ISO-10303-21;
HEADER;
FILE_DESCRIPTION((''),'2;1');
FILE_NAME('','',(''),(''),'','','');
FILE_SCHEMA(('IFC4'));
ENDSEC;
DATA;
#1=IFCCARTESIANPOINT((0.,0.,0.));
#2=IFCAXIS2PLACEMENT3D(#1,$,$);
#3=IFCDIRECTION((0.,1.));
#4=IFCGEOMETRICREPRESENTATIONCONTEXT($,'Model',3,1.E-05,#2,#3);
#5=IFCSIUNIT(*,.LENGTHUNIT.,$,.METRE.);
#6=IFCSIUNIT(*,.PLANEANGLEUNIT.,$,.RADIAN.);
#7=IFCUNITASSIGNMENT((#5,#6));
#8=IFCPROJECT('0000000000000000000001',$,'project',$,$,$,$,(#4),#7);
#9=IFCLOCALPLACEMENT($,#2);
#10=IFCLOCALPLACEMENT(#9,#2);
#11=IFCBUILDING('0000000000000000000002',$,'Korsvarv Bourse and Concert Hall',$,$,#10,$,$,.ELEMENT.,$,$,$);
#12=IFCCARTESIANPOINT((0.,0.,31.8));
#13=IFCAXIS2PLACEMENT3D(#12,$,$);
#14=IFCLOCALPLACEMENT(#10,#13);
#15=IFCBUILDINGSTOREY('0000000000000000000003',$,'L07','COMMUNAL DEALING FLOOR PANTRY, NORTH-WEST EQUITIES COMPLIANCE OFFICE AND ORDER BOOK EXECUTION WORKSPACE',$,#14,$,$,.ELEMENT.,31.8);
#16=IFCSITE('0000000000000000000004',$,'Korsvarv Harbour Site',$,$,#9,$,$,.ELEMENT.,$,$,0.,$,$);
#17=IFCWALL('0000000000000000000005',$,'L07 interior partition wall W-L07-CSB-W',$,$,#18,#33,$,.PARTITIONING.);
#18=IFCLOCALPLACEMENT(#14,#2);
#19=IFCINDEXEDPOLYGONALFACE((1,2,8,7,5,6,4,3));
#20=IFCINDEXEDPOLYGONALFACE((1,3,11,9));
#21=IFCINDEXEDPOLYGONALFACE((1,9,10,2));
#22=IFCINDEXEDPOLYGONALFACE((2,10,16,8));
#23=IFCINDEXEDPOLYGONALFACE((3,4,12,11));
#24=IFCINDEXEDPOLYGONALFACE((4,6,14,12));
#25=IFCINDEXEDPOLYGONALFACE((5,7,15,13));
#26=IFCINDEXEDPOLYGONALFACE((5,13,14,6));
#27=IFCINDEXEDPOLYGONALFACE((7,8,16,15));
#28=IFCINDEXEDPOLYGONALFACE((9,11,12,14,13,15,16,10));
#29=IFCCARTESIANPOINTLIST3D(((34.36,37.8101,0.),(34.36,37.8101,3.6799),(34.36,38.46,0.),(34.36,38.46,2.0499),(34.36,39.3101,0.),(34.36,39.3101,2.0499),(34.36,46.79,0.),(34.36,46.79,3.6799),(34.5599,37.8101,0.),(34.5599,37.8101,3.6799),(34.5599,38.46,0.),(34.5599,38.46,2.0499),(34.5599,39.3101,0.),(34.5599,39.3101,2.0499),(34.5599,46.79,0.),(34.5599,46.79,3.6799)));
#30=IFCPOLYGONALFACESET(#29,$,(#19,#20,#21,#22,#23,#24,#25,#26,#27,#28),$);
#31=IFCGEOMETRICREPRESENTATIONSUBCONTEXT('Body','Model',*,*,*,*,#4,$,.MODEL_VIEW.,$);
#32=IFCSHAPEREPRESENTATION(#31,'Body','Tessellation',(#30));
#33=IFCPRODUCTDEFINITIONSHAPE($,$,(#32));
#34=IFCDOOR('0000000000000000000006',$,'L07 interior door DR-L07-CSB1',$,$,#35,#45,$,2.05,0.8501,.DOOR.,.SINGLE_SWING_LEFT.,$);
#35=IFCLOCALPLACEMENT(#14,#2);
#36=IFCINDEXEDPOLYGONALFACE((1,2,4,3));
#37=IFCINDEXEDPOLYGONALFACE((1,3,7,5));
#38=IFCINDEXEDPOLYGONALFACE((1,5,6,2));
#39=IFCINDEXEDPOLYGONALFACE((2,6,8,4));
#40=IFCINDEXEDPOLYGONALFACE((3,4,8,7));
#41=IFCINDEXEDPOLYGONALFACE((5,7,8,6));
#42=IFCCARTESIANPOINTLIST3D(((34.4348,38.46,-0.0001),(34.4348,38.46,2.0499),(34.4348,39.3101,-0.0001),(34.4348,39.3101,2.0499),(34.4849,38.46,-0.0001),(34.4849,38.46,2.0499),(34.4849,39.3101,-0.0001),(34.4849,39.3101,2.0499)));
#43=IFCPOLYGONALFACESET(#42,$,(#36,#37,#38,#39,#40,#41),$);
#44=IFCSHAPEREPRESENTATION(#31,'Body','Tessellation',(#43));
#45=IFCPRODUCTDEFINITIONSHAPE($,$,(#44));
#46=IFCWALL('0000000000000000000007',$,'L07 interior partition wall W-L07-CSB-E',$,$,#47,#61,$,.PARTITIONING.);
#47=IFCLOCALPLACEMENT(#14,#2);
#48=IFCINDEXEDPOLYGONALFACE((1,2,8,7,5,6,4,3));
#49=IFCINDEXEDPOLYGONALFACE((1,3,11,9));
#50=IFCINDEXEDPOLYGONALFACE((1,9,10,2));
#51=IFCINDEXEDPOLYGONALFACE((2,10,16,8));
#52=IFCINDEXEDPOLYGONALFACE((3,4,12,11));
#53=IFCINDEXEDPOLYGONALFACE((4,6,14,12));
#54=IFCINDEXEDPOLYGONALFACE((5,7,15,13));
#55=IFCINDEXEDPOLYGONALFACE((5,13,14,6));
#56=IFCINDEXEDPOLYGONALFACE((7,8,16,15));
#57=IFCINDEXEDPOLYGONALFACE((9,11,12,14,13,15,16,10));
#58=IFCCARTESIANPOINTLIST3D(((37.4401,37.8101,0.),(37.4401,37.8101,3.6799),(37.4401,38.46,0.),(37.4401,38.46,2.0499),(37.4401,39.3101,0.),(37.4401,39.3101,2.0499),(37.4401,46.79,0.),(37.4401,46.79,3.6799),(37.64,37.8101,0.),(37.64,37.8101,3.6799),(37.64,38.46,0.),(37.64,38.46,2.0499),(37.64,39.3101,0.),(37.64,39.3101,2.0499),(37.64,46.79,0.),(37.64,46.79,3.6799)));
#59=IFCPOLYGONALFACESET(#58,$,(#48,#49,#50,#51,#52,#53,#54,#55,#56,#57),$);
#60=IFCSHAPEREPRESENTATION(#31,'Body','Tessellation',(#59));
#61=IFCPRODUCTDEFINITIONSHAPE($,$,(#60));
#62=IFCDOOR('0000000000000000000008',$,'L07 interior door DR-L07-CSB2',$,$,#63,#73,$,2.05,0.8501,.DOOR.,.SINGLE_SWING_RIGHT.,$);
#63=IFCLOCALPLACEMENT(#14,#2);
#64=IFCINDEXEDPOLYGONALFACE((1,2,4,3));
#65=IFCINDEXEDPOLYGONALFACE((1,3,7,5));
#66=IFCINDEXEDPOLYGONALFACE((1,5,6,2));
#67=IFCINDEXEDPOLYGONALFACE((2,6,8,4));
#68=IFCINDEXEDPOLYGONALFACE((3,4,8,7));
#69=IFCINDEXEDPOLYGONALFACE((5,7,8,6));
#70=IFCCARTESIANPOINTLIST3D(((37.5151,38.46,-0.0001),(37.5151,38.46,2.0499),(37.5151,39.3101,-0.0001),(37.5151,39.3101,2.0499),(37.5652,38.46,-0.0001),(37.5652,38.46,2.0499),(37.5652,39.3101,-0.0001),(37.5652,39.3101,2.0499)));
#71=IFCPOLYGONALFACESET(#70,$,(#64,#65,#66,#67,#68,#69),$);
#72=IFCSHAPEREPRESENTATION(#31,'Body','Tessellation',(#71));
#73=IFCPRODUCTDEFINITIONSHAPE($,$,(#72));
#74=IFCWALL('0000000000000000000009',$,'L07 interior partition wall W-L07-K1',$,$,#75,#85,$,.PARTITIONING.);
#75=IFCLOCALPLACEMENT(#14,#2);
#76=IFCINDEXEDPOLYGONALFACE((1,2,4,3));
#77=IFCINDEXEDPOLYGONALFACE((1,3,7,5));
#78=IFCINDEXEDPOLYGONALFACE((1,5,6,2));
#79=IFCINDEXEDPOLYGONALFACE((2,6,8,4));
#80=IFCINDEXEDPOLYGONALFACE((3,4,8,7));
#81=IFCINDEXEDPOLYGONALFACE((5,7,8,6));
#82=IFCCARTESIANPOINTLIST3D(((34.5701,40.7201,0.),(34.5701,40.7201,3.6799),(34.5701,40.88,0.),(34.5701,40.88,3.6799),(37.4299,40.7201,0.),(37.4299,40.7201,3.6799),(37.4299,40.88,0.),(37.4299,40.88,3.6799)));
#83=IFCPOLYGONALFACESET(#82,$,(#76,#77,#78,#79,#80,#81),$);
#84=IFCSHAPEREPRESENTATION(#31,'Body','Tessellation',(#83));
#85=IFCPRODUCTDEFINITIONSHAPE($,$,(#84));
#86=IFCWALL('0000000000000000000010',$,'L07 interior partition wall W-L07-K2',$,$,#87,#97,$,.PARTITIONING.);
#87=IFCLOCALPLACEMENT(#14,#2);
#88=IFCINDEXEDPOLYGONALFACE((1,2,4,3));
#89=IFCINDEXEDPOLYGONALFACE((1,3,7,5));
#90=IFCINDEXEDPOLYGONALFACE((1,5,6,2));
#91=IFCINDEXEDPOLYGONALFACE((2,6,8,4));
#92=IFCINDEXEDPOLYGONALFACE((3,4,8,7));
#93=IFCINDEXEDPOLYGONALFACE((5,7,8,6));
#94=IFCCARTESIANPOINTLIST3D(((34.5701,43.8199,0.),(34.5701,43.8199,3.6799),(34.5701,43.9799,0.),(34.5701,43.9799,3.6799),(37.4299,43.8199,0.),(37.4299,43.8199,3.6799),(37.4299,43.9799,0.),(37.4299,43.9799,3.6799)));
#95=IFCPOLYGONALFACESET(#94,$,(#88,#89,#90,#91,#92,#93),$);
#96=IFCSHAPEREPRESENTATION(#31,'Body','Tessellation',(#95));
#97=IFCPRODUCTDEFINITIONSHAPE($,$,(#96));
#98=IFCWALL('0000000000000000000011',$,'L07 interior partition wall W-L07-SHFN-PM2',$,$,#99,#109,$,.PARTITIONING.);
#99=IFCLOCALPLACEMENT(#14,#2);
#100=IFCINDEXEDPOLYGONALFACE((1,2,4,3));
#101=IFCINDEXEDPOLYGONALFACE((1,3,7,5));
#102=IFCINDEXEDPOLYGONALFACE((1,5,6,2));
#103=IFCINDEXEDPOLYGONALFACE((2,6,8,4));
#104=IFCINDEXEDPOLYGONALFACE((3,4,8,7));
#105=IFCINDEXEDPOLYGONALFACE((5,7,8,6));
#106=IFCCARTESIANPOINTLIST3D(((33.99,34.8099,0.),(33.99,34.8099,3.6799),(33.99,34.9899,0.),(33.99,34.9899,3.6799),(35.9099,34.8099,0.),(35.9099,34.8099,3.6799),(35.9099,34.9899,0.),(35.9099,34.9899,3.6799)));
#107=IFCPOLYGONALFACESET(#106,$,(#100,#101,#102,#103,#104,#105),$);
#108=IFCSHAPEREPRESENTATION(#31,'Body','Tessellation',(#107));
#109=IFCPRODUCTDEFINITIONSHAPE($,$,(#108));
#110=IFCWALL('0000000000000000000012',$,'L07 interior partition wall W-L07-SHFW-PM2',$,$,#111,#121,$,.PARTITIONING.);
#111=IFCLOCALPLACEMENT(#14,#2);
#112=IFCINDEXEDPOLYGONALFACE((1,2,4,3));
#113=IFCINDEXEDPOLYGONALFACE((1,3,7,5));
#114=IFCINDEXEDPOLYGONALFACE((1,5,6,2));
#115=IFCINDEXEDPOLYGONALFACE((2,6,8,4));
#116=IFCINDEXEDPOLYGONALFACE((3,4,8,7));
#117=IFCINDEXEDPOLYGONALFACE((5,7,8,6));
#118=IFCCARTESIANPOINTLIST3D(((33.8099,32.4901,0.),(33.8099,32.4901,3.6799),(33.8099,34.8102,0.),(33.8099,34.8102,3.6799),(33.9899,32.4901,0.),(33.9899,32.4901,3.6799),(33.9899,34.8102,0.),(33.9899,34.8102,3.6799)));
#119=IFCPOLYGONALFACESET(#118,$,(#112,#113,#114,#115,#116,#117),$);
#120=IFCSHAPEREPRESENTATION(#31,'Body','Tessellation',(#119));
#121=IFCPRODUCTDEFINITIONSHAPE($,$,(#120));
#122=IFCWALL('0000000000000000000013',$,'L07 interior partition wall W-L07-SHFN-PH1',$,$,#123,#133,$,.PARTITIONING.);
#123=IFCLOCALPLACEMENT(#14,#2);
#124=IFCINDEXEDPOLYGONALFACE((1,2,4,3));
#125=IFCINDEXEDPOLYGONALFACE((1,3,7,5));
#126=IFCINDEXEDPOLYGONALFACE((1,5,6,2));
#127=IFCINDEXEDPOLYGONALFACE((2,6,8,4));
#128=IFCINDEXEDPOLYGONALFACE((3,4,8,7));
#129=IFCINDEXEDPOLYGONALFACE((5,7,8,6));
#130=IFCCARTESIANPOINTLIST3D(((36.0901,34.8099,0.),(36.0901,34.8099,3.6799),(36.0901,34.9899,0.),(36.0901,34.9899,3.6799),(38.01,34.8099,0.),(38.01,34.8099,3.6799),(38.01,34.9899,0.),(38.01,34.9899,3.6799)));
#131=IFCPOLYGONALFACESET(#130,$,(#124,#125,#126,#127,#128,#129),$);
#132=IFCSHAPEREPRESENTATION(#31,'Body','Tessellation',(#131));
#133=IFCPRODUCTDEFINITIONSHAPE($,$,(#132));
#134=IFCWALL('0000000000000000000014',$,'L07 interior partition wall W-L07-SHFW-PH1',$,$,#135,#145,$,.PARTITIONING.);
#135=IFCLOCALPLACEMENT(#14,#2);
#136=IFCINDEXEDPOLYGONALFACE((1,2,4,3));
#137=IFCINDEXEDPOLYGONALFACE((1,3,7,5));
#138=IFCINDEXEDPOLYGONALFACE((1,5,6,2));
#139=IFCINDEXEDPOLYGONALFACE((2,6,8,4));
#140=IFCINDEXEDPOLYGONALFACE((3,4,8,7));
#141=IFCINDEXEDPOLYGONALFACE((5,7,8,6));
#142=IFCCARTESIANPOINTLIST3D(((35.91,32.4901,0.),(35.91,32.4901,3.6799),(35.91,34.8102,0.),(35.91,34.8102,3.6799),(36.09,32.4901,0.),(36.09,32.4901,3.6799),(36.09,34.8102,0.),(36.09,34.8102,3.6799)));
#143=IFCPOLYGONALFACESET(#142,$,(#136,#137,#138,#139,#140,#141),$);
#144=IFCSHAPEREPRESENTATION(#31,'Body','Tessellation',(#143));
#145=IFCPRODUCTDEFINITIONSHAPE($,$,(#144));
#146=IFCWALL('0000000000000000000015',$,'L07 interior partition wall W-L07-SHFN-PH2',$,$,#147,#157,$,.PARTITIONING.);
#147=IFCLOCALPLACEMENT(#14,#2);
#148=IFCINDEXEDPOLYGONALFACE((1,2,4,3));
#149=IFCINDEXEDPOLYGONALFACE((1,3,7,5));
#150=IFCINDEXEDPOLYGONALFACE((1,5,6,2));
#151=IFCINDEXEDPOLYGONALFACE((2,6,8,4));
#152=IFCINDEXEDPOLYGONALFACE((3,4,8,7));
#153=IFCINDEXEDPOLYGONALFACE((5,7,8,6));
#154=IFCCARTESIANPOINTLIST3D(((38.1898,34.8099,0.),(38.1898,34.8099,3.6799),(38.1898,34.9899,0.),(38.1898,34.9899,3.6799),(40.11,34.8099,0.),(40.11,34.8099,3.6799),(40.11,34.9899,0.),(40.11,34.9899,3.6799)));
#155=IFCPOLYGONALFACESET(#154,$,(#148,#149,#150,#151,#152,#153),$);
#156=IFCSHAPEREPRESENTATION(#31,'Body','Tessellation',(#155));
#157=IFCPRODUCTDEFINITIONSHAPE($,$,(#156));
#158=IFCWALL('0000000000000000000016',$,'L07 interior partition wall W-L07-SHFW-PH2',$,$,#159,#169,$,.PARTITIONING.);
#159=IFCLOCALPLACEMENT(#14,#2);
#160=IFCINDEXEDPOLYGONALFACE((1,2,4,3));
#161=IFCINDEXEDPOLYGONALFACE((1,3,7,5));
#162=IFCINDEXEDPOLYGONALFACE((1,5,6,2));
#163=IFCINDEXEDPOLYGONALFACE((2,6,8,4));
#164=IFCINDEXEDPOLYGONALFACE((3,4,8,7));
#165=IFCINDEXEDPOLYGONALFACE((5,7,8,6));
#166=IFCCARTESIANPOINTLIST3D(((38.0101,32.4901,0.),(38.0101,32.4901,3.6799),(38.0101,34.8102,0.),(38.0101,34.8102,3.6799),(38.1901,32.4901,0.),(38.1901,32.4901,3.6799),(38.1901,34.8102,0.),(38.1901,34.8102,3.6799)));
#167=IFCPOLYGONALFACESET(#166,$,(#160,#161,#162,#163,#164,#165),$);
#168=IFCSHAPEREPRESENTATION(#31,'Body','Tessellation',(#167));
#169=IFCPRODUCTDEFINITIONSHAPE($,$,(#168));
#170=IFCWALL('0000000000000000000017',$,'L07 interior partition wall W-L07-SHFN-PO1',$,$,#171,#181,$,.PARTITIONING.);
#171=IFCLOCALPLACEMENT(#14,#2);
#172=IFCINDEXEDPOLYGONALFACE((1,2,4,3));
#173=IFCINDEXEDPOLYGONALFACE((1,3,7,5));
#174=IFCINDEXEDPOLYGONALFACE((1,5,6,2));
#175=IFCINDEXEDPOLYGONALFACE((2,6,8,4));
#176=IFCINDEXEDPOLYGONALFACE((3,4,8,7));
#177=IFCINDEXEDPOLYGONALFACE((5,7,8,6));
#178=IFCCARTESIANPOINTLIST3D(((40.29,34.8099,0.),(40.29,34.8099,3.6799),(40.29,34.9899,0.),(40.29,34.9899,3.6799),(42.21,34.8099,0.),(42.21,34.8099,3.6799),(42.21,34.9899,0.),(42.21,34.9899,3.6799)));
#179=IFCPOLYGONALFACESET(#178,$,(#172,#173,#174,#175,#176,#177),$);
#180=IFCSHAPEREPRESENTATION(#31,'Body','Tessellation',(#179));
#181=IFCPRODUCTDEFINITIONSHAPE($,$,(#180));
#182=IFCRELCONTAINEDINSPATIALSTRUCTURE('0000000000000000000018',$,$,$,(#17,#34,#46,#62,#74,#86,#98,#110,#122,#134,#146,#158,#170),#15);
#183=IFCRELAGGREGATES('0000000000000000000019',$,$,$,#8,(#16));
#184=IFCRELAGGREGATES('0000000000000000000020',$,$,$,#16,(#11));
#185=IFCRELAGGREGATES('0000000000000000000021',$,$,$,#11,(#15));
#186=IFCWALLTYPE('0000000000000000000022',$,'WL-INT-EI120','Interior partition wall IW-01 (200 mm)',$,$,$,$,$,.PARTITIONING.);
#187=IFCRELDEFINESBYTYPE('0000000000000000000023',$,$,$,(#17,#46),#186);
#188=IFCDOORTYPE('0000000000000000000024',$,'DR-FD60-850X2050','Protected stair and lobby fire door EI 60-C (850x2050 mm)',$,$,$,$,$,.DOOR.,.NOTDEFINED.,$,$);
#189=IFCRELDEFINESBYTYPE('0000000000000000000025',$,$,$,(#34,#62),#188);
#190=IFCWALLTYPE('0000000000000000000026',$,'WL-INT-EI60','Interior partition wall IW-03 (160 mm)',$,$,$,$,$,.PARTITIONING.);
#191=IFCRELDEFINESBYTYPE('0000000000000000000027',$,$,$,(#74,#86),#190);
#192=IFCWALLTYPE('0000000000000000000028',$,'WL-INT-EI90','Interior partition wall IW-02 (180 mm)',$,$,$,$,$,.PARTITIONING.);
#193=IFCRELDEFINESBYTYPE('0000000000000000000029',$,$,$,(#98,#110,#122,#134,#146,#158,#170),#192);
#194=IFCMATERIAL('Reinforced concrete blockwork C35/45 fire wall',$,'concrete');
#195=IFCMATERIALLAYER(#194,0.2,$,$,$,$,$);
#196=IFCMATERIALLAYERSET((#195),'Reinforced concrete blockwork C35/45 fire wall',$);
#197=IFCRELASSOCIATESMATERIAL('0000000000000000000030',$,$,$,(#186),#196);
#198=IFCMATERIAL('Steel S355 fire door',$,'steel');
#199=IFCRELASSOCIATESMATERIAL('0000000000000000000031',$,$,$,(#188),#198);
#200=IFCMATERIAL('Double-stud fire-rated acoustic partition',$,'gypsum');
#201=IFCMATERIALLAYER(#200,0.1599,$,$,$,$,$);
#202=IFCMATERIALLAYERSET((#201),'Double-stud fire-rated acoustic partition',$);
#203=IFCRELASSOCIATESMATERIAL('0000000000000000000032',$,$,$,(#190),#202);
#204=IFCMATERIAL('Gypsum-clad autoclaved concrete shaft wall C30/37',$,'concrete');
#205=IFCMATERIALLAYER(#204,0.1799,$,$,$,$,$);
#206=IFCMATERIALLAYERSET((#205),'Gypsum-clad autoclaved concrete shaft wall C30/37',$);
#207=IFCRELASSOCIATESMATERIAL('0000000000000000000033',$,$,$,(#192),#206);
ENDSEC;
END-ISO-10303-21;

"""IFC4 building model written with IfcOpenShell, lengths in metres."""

from ifc_helpers import new_model, si_unit, direction, frame, frame_2d, origin, place, context, subcontext, project, spatial, rectangle, extrude, material, layer, layer_set, type_object, element, fill, save


model = new_model("IFC4")

# Units and contexts
model_context = context("Model", 3, precision=1e-05, world=origin(), true_north=direction((0.0, 1.0)))
body_context = subcontext(model_context, "Body", "Model", "MODEL_VIEW")
ifc_project = project(units=[si_unit("LENGTHUNIT", "METRE"), si_unit("PLANEANGLEUNIT", "RADIAN")], contexts=[model_context])

# Site, building, storey
site_placement = place(None, origin())
site = spatial("IfcSite", under=ifc_project, at=site_placement, Name="Korsvarv Harbour Site", CompositionType="ELEMENT", RefElevation=0.0)
building_placement = place(site_placement, origin())
building = spatial("IfcBuilding", under=site, at=building_placement, Name="Korsvarv Bourse and Concert Hall", CompositionType="ELEMENT")
storey_placement = place(building_placement, frame((0.0, 0.0, 31.8)))
storey = spatial("IfcBuildingStorey", under=building, at=storey_placement, Name="L07", Description="COMMUNAL DEALING FLOOR PANTRY, NORTH-WEST EQUITIES COMPLIANCE OFFICE AND ORDER BOOK EXECUTION WORKSPACE", CompositionType="ELEMENT", Elevation=31.8)

# Shared definitions
ifc_material_1 = material(Name="Steel S355 fire door", Category="steel")

# Walls, openings, doors
ifc_material_2 = material(Name="Reinforced concrete blockwork C35/45 fire wall", Category="concrete")
ifc_layer_1 = layer(ifc_material_2, 0.2)
ifc_layer_set_1 = layer_set([ifc_layer_1], Name="Reinforced concrete blockwork C35/45 fire wall")
wall_type_1 = type_object("IfcWallType", Name="WL-INT-EI120", Description="Interior partition wall IW-01 (200 mm)", PredefinedType="PARTITIONING", material=ifc_layer_set_1)
wall_1_placement = place(storey_placement, frame((34.46, 37.8101, 0.0), z_axis=(0.0, 0.0, 1.0), x_axis=(0.0, 1.0, 0.0)))
wall_1 = element("IfcWall", 1, at=wall_1_placement, inside=storey, type_object=wall_type_1, Name="L07 interior partition wall W-L07-CSB-W", PredefinedType="PARTITIONING", context=body_context, shape_type="SweptSolid", body=[
    extrude(rectangle(XDim=8.98, YDim=0.2, at=frame_2d((4.49, 0.0))), origin(), (0.0, 0.0, 1.0), 3.6799),
])
opening_1_placement = place(wall_1_placement, frame((0.6499, 0.0, 0.0)))
opening_1 = element("IfcOpeningElement", 2, at=opening_1_placement, cuts=wall_1, PredefinedType="OPENING", context=body_context, shape_type="SweptSolid", body=[
    extrude(rectangle(XDim=0.8501, YDim=2.05, at=frame_2d((0.425, 1.0249))), frame((0.0, 0.1099, 0.0), z_axis=(0.0, -1.0, 0.0), x_axis=(1.0, 0.0, 0.0)), (0.0, 0.0, 1.0), 0.22),
])
door_type_1 = type_object("IfcDoorType", Name="DR-FD60-850X2050", Description="Protected stair and lobby fire door EI 60-C (850x2050 mm)", OperationType="NOTDEFINED", PredefinedType="DOOR", material=ifc_material_1)
door_1_placement = place(opening_1_placement, frame((0.8501, 0.0, 0.0), z_axis=(0.0, 0.0, 1.0), x_axis=(-1.0, 0.0, 0.0)))
door_1 = element("IfcDoor", 3, at=door_1_placement, inside=storey, type_object=door_type_1, Name="L07 interior door DR-L07-CSB1", OperationType="SINGLE_SWING_LEFT", OverallHeight=2.05, OverallWidth=0.8501, PredefinedType="DOOR", context=body_context, shape_type="SweptSolid", body=[
    extrude(rectangle(XDim=0.8501, YDim=2.05, at=frame_2d((0.425, 1.0249))), frame((0.0, 0.0249, 0.0), z_axis=(0.0, -1.0, 0.0), x_axis=(1.0, 0.0, 0.0)), (0.0, 0.0, 1.0), 0.05),
])
fill(opening_1, door_1)
wall_2_placement = place(storey_placement, frame((37.54, 37.8101, 0.0), z_axis=(0.0, 0.0, 1.0), x_axis=(0.0, 1.0, 0.0)))
wall_2 = element("IfcWall", 4, at=wall_2_placement, inside=storey, type_object=wall_type_1, Name="L07 interior partition wall W-L07-CSB-E", PredefinedType="PARTITIONING", context=body_context, shape_type="SweptSolid", body=[
    extrude(rectangle(XDim=8.98, YDim=0.2, at=frame_2d((4.49, 0.0))), origin(), (0.0, 0.0, 1.0), 3.6799),
])
opening_2_placement = place(wall_2_placement, frame((0.6499, 0.0, 0.0)))
opening_2 = element("IfcOpeningElement", 5, at=opening_2_placement, cuts=wall_2, PredefinedType="OPENING", context=body_context, shape_type="SweptSolid", body=[
    extrude(rectangle(XDim=0.8501, YDim=2.05, at=frame_2d((0.425, 1.0249))), frame((0.0, 0.1099, 0.0), z_axis=(0.0, -1.0, 0.0), x_axis=(1.0, 0.0, 0.0)), (0.0, 0.0, 1.0), 0.22),
])
door_2_placement = place(opening_2_placement, origin())
door_2 = element("IfcDoor", 6, at=door_2_placement, inside=storey, type_object=door_type_1, Name="L07 interior door DR-L07-CSB2", OperationType="SINGLE_SWING_RIGHT", OverallHeight=2.05, OverallWidth=0.8501, PredefinedType="DOOR", context=body_context, shape_type="SweptSolid", body=[
    extrude(rectangle(XDim=0.8501, YDim=2.05, at=frame_2d((0.425, 1.0249))), frame((0.0, 0.0249, 0.0), z_axis=(0.0, -1.0, 0.0), x_axis=(1.0, 0.0, 0.0)), (0.0, 0.0, 1.0), 0.05),
])
fill(opening_2, door_2)

# Walls
ifc_material_3 = material(Name="Double-stud fire-rated acoustic partition", Category="gypsum")
ifc_layer_2 = layer(ifc_material_3, 0.1599)
ifc_layer_set_2 = layer_set([ifc_layer_2], Name="Double-stud fire-rated acoustic partition")
wall_type_2 = type_object("IfcWallType", Name="WL-INT-EI60", Description="Interior partition wall IW-03 (160 mm)", PredefinedType="PARTITIONING", material=ifc_layer_set_2)
for number, where, z_axis, x_axis, name in (
    (7, (34.5701, 40.8, 0.0), (0.0, 0.0, 1.0), (1.0, 0.0, 0.0), "L07 interior partition wall W-L07-K1"),
    (8, (34.5701, 43.8999, 0.0), (0.0, 0.0, 1.0), (1.0, 0.0, 0.0), "L07 interior partition wall W-L07-K2"),
):
    element("IfcWall", number, at=place(storey_placement, frame(where, z_axis=z_axis, x_axis=x_axis)), inside=storey, type_object=wall_type_2, Name=name, PredefinedType="PARTITIONING", context=body_context, shape_type="SweptSolid", body=[
        extrude(rectangle(XDim=2.8599, YDim=0.1599, at=frame_2d((1.4299, 0.0))), origin(), (0.0, 0.0, 1.0), 3.6799),
    ])
ifc_material_4 = material(Name="Gypsum-clad autoclaved concrete shaft wall C30/37", Category="concrete")
ifc_layer_3 = layer(ifc_material_4, 0.1799)
ifc_layer_set_3 = layer_set([ifc_layer_3], Name="Gypsum-clad autoclaved concrete shaft wall C30/37")
wall_type_3 = type_object("IfcWallType", Name="WL-INT-EI90", Description="Interior partition wall IW-02 (180 mm)", PredefinedType="PARTITIONING", material=ifc_layer_set_3)
wall_3_placement = place(storey_placement, frame((33.99, 34.8999, 0.0), z_axis=(0.0, 0.0, 1.0), x_axis=(1.0, 0.0, 0.0)))
element("IfcWall", 9, at=wall_3_placement, inside=storey, type_object=wall_type_3, Name="L07 interior partition wall W-L07-SHFN-PM2", PredefinedType="PARTITIONING", context=body_context, shape_type="SweptSolid", body=[
    extrude(rectangle(XDim=1.9199, YDim=0.1799, at=frame_2d((0.96, 0.0))), origin(), (0.0, 0.0, 1.0), 3.6799),
])
wall_4_placement = place(storey_placement, frame((33.8999, 32.49, 0.0), z_axis=(0.0, 0.0, 1.0), x_axis=(0.0, 1.0, 0.0)))
element("IfcWall", 10, at=wall_4_placement, inside=storey, type_object=wall_type_3, Name="L07 interior partition wall W-L07-SHFW-PM2", PredefinedType="PARTITIONING", context=body_context, shape_type="SweptSolid", body=[
    extrude(rectangle(XDim=2.3201, YDim=0.1799, at=frame_2d((1.1602, 0.0))), origin(), (0.0, 0.0, 1.0), 3.6799),
])
wall_5_placement = place(storey_placement, frame((36.0901, 34.8999, 0.0), z_axis=(0.0, 0.0, 1.0), x_axis=(1.0, 0.0, 0.0)))
element("IfcWall", 11, at=wall_5_placement, inside=storey, type_object=wall_type_3, Name="L07 interior partition wall W-L07-SHFN-PH1", PredefinedType="PARTITIONING", context=body_context, shape_type="SweptSolid", body=[
    extrude(rectangle(XDim=1.9199, YDim=0.1799, at=frame_2d((0.96, 0.0))), origin(), (0.0, 0.0, 1.0), 3.6799),
])
wall_6_placement = place(storey_placement, frame((36.0, 32.49, 0.0), z_axis=(0.0, 0.0, 1.0), x_axis=(0.0, 1.0, 0.0)))
element("IfcWall", 12, at=wall_6_placement, inside=storey, type_object=wall_type_3, Name="L07 interior partition wall W-L07-SHFW-PH1", PredefinedType="PARTITIONING", context=body_context, shape_type="SweptSolid", body=[
    extrude(rectangle(XDim=2.3201, YDim=0.1799, at=frame_2d((1.1602, 0.0))), origin(), (0.0, 0.0, 1.0), 3.6799),
])
wall_7_placement = place(storey_placement, frame((38.1899, 34.8999, 0.0), z_axis=(0.0, 0.0, 1.0), x_axis=(1.0, 0.0, 0.0)))
element("IfcWall", 13, at=wall_7_placement, inside=storey, type_object=wall_type_3, Name="L07 interior partition wall W-L07-SHFN-PH2", PredefinedType="PARTITIONING", context=body_context, shape_type="SweptSolid", body=[
    extrude(rectangle(XDim=1.9202, YDim=0.1799, at=frame_2d((0.96, 0.0))), origin(), (0.0, 0.0, 1.0), 3.6799),
])
wall_8_placement = place(storey_placement, frame((38.1001, 32.49, 0.0), z_axis=(0.0, 0.0, 1.0), x_axis=(0.0, 1.0, 0.0)))
element("IfcWall", 14, at=wall_8_placement, inside=storey, type_object=wall_type_3, Name="L07 interior partition wall W-L07-SHFW-PH2", PredefinedType="PARTITIONING", context=body_context, shape_type="SweptSolid", body=[
    extrude(rectangle(XDim=2.3201, YDim=0.1799, at=frame_2d((1.1602, 0.0))), origin(), (0.0, 0.0, 1.0), 3.6799),
])
wall_9_placement = place(storey_placement, frame((40.29, 34.8999, 0.0), z_axis=(0.0, 0.0, 1.0), x_axis=(1.0, 0.0, 0.0)))
element("IfcWall", 15, at=wall_9_placement, inside=storey, type_object=wall_type_3, Name="L07 interior partition wall W-L07-SHFN-PO1", PredefinedType="PARTITIONING", context=body_context, shape_type="SweptSolid", body=[
    extrude(rectangle(XDim=1.9199, YDim=0.1799, at=frame_2d((0.96, 0.0))), origin(), (0.0, 0.0, 1.0), 3.6799),
])

save(model, "model.ifc")
